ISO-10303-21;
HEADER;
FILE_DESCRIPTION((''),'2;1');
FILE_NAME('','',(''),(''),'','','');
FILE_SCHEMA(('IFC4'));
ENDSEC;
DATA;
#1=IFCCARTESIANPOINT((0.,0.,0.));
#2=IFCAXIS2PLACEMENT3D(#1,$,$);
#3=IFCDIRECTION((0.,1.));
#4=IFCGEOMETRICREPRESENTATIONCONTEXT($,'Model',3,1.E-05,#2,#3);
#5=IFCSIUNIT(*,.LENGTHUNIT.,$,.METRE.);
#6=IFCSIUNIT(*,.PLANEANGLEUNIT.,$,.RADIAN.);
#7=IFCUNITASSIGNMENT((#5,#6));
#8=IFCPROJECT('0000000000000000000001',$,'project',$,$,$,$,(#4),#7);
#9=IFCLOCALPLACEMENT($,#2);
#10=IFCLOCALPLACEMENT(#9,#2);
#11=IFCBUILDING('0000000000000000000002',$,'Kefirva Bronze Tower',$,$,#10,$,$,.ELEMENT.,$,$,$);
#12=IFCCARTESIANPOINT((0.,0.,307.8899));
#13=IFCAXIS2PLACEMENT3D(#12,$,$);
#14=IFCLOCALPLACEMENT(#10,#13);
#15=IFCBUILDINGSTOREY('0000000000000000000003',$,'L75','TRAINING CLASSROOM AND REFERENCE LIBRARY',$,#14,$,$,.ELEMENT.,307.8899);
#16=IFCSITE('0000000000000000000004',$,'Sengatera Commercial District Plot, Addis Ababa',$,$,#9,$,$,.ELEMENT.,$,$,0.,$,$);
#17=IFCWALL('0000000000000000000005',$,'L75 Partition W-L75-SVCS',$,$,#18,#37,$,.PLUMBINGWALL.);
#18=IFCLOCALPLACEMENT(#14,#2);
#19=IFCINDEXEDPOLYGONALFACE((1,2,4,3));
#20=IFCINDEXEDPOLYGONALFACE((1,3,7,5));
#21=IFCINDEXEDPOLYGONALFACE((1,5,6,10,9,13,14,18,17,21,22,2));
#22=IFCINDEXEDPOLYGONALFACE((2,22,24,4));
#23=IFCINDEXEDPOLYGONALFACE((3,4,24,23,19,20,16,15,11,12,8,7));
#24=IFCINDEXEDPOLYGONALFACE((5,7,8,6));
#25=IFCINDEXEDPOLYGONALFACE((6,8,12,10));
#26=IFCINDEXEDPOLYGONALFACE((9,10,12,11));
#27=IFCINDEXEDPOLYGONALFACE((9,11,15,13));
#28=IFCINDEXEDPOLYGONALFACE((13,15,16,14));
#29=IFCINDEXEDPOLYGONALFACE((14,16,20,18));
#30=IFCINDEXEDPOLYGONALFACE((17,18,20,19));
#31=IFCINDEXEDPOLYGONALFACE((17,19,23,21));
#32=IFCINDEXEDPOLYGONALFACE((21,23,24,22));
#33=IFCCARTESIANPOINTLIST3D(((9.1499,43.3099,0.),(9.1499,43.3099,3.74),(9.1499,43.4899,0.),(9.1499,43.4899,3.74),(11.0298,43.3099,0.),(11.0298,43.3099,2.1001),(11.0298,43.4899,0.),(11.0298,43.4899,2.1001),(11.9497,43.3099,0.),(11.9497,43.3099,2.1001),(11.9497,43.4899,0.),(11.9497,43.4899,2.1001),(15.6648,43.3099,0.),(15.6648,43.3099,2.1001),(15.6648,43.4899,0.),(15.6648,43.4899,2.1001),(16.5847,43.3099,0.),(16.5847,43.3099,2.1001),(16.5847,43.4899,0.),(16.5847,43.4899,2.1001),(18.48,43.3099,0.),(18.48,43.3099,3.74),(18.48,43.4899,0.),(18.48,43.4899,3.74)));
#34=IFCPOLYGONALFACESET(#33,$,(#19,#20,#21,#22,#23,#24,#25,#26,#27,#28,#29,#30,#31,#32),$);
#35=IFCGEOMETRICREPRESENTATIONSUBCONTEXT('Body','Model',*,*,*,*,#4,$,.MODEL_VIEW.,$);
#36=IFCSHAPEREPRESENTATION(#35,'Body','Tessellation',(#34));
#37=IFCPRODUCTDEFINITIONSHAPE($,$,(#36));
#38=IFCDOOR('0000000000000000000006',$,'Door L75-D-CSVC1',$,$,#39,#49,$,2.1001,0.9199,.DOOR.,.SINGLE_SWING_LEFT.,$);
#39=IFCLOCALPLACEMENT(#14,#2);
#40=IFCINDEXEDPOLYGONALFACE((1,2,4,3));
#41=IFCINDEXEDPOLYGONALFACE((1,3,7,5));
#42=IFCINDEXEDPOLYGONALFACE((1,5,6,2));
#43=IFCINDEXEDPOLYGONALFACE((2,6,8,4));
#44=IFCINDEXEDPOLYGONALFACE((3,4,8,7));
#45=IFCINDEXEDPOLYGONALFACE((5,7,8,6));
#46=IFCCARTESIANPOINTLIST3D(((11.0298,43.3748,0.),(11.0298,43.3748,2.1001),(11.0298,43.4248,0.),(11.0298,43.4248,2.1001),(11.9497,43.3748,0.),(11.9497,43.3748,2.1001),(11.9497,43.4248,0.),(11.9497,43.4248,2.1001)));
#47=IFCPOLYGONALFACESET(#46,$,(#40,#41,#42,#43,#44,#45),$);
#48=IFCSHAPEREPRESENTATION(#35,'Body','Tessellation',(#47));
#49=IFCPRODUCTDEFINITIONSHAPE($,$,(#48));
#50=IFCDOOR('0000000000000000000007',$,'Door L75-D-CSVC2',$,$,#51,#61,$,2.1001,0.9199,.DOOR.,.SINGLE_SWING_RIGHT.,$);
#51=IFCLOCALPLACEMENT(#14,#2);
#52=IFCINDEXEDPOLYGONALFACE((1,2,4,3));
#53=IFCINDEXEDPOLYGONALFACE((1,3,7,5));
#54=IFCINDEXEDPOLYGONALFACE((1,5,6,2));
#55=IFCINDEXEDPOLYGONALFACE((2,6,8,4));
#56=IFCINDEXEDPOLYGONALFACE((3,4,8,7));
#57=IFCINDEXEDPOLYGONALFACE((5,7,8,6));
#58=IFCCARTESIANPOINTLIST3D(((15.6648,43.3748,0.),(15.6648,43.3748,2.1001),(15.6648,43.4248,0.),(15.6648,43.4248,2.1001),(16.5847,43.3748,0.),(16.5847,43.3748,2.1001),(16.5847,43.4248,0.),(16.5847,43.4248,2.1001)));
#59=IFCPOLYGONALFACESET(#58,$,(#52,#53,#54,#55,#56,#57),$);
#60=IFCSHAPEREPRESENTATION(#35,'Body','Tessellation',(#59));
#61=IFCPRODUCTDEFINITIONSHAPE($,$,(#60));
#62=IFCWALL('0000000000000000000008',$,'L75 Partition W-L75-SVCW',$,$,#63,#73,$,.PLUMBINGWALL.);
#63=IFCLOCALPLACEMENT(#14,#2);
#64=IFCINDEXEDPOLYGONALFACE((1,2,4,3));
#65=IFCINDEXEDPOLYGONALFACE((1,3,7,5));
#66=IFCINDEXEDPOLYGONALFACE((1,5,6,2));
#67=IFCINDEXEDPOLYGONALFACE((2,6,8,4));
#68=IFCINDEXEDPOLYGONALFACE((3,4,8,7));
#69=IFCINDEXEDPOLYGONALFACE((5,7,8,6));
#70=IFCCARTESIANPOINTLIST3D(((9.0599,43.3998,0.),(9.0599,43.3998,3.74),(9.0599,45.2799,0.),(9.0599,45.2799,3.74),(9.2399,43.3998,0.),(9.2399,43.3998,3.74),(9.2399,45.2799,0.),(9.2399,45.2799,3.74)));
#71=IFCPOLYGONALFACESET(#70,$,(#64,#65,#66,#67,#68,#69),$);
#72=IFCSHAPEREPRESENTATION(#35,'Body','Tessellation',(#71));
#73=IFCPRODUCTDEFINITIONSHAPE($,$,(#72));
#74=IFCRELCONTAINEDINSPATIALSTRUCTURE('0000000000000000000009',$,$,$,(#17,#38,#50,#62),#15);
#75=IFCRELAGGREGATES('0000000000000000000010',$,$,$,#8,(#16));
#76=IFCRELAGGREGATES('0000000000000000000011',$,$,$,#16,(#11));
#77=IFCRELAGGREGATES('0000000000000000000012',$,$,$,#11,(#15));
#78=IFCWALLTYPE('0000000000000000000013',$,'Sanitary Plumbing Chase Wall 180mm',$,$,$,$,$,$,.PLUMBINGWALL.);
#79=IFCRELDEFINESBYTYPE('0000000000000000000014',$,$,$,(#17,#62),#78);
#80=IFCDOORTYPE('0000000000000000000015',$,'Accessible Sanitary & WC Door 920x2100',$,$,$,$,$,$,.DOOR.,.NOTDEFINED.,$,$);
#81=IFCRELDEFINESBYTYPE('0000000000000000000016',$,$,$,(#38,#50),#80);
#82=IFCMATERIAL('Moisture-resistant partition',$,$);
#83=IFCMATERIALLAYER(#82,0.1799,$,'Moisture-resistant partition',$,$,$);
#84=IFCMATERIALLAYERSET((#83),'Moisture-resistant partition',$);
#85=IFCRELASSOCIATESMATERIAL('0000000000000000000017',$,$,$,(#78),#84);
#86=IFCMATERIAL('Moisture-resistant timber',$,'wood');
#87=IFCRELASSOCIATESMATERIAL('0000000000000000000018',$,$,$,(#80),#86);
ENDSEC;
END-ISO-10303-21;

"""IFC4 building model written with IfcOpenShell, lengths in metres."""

from ifc_helpers import new_model, si_unit, direction, frame, frame_2d, origin, place, context, subcontext, project, spatial, rectangle, extrude, material, layer, layer_set, type_object, element, fill, save


model = new_model("IFC4")

# Units and contexts
model_context = context("Model", 3, precision=1e-05, world=origin(), true_north=direction((0.0, 1.0)))
body_context = subcontext(model_context, "Body", "Model", "MODEL_VIEW")
ifc_project = project(units=[si_unit("LENGTHUNIT", "METRE"), si_unit("PLANEANGLEUNIT", "RADIAN")], contexts=[model_context])

# Site, building, storey
site_placement = place(None, origin())
site = spatial("IfcSite", under=ifc_project, at=site_placement, Name="Sengatera Commercial District Plot, Addis Ababa", CompositionType="ELEMENT", RefElevation=0.0)
building_placement = place(site_placement, origin())
building = spatial("IfcBuilding", under=site, at=building_placement, Name="Kefirva Bronze Tower", CompositionType="ELEMENT")
storey_placement = place(building_placement, frame((0.0, 0.0, 307.8899)))
storey = spatial("IfcBuildingStorey", under=building, at=storey_placement, Name="L75", Description="TRAINING CLASSROOM AND REFERENCE LIBRARY", CompositionType="ELEMENT", Elevation=307.8899)

# Wall, openings, doors
ifc_material_1 = material(Name="Moisture-resistant partition")
ifc_layer_1 = layer(ifc_material_1, 0.1799, Name="Moisture-resistant partition")
ifc_layer_set_1 = layer_set([ifc_layer_1], Name="Moisture-resistant partition")
wall_type_1 = type_object("IfcWallType", Name="Sanitary Plumbing Chase Wall 180mm", PredefinedType="PLUMBINGWALL", material=ifc_layer_set_1)
wall_1_placement = place(storey_placement, frame((9.1499, 43.3999, 0.0), z_axis=(0.0, 0.0, 1.0), x_axis=(1.0, 0.0, 0.0)))
wall_1 = element("IfcWall", 1, at=wall_1_placement, inside=storey, type_object=wall_type_1, Name="L75 Partition W-L75-SVCS", PredefinedType="PLUMBINGWALL", context=body_context, shape_type="SweptSolid", body=[
    extrude(rectangle(XDim=9.3301, YDim=0.1799, at=frame_2d((4.665, 0.0))), origin(), (0.0, 0.0, 1.0), 3.74),
])
opening_1_placement = place(wall_1_placement, frame((1.8799, 0.0, 0.0)))
opening_1 = element("IfcOpeningElement", 2, at=opening_1_placement, cuts=wall_1, PredefinedType="OPENING", context=body_context, shape_type="SweptSolid", body=[
    extrude(rectangle(XDim=0.9199, YDim=2.1001, at=frame_2d((0.46, 1.05))), frame((0.0, 0.1001, 0.0), z_axis=(0.0, -1.0, 0.0), x_axis=(1.0, 0.0, 0.0)), (0.0, 0.0, 1.0), 0.2),
])
opening_2_placement = place(wall_1_placement, frame((6.5149, 0.0, 0.0)))
opening_2 = element("IfcOpeningElement", 3, at=opening_2_placement, cuts=wall_1, PredefinedType="OPENING", context=body_context, shape_type="SweptSolid", body=[
    extrude(rectangle(XDim=0.9199, YDim=2.1001, at=frame_2d((0.46, 1.05))), frame((0.0, 0.1001, 0.0), z_axis=(0.0, -1.0, 0.0), x_axis=(1.0, 0.0, 0.0)), (0.0, 0.0, 1.0), 0.2),
])
ifc_material_2 = material(Name="Moisture-resistant timber", Category="wood")
door_type_1 = type_object("IfcDoorType", Name="Accessible Sanitary & WC Door 920x2100", OperationType="NOTDEFINED", PredefinedType="DOOR", material=ifc_material_2)
door_1_placement = place(opening_1_placement, origin())
door_1 = element("IfcDoor", 4, at=door_1_placement, inside=storey, type_object=door_type_1, Name="Door L75-D-CSVC1", OperationType="SINGLE_SWING_LEFT", OverallHeight=2.1001, OverallWidth=0.9199, PredefinedType="DOOR", context=body_context, shape_type="SweptSolid", body=[
    extrude(rectangle(XDim=0.9199, YDim=2.1001, at=frame_2d((0.46, 1.05))), frame((0.0, 0.0249, 0.0), z_axis=(0.0, -1.0, 0.0), x_axis=(1.0, 0.0, 0.0)), (0.0, 0.0, 1.0), 0.05),
])
fill(opening_1, door_1)
door_2_placement = place(opening_2_placement, origin())
door_2 = element("IfcDoor", 5, at=door_2_placement, inside=storey, type_object=door_type_1, Name="Door L75-D-CSVC2", OperationType="SINGLE_SWING_RIGHT", OverallHeight=2.1001, OverallWidth=0.9199, PredefinedType="DOOR", context=body_context, shape_type="SweptSolid", body=[
    extrude(rectangle(XDim=0.9199, YDim=2.1001, at=frame_2d((0.46, 1.05))), frame((0.0, 0.0249, 0.0), z_axis=(0.0, -1.0, 0.0), x_axis=(1.0, 0.0, 0.0)), (0.0, 0.0, 1.0), 0.05),
])
fill(opening_2, door_2)

# Wall
wall_2_placement = place(storey_placement, frame((9.1499, 43.3999, 0.0), z_axis=(0.0, 0.0, 1.0), x_axis=(0.0, 1.0, 0.0)))
element("IfcWall", 6, at=wall_2_placement, inside=storey, type_object=wall_type_1, Name="L75 Partition W-L75-SVCW", PredefinedType="PLUMBINGWALL", context=body_context, shape_type="SweptSolid", body=[
    extrude(rectangle(XDim=1.8801, YDim=0.1799, at=frame_2d((0.9399, 0.0))), origin(), (0.0, 0.0, 1.0), 3.74),
])

save(model, "model.ifc")
